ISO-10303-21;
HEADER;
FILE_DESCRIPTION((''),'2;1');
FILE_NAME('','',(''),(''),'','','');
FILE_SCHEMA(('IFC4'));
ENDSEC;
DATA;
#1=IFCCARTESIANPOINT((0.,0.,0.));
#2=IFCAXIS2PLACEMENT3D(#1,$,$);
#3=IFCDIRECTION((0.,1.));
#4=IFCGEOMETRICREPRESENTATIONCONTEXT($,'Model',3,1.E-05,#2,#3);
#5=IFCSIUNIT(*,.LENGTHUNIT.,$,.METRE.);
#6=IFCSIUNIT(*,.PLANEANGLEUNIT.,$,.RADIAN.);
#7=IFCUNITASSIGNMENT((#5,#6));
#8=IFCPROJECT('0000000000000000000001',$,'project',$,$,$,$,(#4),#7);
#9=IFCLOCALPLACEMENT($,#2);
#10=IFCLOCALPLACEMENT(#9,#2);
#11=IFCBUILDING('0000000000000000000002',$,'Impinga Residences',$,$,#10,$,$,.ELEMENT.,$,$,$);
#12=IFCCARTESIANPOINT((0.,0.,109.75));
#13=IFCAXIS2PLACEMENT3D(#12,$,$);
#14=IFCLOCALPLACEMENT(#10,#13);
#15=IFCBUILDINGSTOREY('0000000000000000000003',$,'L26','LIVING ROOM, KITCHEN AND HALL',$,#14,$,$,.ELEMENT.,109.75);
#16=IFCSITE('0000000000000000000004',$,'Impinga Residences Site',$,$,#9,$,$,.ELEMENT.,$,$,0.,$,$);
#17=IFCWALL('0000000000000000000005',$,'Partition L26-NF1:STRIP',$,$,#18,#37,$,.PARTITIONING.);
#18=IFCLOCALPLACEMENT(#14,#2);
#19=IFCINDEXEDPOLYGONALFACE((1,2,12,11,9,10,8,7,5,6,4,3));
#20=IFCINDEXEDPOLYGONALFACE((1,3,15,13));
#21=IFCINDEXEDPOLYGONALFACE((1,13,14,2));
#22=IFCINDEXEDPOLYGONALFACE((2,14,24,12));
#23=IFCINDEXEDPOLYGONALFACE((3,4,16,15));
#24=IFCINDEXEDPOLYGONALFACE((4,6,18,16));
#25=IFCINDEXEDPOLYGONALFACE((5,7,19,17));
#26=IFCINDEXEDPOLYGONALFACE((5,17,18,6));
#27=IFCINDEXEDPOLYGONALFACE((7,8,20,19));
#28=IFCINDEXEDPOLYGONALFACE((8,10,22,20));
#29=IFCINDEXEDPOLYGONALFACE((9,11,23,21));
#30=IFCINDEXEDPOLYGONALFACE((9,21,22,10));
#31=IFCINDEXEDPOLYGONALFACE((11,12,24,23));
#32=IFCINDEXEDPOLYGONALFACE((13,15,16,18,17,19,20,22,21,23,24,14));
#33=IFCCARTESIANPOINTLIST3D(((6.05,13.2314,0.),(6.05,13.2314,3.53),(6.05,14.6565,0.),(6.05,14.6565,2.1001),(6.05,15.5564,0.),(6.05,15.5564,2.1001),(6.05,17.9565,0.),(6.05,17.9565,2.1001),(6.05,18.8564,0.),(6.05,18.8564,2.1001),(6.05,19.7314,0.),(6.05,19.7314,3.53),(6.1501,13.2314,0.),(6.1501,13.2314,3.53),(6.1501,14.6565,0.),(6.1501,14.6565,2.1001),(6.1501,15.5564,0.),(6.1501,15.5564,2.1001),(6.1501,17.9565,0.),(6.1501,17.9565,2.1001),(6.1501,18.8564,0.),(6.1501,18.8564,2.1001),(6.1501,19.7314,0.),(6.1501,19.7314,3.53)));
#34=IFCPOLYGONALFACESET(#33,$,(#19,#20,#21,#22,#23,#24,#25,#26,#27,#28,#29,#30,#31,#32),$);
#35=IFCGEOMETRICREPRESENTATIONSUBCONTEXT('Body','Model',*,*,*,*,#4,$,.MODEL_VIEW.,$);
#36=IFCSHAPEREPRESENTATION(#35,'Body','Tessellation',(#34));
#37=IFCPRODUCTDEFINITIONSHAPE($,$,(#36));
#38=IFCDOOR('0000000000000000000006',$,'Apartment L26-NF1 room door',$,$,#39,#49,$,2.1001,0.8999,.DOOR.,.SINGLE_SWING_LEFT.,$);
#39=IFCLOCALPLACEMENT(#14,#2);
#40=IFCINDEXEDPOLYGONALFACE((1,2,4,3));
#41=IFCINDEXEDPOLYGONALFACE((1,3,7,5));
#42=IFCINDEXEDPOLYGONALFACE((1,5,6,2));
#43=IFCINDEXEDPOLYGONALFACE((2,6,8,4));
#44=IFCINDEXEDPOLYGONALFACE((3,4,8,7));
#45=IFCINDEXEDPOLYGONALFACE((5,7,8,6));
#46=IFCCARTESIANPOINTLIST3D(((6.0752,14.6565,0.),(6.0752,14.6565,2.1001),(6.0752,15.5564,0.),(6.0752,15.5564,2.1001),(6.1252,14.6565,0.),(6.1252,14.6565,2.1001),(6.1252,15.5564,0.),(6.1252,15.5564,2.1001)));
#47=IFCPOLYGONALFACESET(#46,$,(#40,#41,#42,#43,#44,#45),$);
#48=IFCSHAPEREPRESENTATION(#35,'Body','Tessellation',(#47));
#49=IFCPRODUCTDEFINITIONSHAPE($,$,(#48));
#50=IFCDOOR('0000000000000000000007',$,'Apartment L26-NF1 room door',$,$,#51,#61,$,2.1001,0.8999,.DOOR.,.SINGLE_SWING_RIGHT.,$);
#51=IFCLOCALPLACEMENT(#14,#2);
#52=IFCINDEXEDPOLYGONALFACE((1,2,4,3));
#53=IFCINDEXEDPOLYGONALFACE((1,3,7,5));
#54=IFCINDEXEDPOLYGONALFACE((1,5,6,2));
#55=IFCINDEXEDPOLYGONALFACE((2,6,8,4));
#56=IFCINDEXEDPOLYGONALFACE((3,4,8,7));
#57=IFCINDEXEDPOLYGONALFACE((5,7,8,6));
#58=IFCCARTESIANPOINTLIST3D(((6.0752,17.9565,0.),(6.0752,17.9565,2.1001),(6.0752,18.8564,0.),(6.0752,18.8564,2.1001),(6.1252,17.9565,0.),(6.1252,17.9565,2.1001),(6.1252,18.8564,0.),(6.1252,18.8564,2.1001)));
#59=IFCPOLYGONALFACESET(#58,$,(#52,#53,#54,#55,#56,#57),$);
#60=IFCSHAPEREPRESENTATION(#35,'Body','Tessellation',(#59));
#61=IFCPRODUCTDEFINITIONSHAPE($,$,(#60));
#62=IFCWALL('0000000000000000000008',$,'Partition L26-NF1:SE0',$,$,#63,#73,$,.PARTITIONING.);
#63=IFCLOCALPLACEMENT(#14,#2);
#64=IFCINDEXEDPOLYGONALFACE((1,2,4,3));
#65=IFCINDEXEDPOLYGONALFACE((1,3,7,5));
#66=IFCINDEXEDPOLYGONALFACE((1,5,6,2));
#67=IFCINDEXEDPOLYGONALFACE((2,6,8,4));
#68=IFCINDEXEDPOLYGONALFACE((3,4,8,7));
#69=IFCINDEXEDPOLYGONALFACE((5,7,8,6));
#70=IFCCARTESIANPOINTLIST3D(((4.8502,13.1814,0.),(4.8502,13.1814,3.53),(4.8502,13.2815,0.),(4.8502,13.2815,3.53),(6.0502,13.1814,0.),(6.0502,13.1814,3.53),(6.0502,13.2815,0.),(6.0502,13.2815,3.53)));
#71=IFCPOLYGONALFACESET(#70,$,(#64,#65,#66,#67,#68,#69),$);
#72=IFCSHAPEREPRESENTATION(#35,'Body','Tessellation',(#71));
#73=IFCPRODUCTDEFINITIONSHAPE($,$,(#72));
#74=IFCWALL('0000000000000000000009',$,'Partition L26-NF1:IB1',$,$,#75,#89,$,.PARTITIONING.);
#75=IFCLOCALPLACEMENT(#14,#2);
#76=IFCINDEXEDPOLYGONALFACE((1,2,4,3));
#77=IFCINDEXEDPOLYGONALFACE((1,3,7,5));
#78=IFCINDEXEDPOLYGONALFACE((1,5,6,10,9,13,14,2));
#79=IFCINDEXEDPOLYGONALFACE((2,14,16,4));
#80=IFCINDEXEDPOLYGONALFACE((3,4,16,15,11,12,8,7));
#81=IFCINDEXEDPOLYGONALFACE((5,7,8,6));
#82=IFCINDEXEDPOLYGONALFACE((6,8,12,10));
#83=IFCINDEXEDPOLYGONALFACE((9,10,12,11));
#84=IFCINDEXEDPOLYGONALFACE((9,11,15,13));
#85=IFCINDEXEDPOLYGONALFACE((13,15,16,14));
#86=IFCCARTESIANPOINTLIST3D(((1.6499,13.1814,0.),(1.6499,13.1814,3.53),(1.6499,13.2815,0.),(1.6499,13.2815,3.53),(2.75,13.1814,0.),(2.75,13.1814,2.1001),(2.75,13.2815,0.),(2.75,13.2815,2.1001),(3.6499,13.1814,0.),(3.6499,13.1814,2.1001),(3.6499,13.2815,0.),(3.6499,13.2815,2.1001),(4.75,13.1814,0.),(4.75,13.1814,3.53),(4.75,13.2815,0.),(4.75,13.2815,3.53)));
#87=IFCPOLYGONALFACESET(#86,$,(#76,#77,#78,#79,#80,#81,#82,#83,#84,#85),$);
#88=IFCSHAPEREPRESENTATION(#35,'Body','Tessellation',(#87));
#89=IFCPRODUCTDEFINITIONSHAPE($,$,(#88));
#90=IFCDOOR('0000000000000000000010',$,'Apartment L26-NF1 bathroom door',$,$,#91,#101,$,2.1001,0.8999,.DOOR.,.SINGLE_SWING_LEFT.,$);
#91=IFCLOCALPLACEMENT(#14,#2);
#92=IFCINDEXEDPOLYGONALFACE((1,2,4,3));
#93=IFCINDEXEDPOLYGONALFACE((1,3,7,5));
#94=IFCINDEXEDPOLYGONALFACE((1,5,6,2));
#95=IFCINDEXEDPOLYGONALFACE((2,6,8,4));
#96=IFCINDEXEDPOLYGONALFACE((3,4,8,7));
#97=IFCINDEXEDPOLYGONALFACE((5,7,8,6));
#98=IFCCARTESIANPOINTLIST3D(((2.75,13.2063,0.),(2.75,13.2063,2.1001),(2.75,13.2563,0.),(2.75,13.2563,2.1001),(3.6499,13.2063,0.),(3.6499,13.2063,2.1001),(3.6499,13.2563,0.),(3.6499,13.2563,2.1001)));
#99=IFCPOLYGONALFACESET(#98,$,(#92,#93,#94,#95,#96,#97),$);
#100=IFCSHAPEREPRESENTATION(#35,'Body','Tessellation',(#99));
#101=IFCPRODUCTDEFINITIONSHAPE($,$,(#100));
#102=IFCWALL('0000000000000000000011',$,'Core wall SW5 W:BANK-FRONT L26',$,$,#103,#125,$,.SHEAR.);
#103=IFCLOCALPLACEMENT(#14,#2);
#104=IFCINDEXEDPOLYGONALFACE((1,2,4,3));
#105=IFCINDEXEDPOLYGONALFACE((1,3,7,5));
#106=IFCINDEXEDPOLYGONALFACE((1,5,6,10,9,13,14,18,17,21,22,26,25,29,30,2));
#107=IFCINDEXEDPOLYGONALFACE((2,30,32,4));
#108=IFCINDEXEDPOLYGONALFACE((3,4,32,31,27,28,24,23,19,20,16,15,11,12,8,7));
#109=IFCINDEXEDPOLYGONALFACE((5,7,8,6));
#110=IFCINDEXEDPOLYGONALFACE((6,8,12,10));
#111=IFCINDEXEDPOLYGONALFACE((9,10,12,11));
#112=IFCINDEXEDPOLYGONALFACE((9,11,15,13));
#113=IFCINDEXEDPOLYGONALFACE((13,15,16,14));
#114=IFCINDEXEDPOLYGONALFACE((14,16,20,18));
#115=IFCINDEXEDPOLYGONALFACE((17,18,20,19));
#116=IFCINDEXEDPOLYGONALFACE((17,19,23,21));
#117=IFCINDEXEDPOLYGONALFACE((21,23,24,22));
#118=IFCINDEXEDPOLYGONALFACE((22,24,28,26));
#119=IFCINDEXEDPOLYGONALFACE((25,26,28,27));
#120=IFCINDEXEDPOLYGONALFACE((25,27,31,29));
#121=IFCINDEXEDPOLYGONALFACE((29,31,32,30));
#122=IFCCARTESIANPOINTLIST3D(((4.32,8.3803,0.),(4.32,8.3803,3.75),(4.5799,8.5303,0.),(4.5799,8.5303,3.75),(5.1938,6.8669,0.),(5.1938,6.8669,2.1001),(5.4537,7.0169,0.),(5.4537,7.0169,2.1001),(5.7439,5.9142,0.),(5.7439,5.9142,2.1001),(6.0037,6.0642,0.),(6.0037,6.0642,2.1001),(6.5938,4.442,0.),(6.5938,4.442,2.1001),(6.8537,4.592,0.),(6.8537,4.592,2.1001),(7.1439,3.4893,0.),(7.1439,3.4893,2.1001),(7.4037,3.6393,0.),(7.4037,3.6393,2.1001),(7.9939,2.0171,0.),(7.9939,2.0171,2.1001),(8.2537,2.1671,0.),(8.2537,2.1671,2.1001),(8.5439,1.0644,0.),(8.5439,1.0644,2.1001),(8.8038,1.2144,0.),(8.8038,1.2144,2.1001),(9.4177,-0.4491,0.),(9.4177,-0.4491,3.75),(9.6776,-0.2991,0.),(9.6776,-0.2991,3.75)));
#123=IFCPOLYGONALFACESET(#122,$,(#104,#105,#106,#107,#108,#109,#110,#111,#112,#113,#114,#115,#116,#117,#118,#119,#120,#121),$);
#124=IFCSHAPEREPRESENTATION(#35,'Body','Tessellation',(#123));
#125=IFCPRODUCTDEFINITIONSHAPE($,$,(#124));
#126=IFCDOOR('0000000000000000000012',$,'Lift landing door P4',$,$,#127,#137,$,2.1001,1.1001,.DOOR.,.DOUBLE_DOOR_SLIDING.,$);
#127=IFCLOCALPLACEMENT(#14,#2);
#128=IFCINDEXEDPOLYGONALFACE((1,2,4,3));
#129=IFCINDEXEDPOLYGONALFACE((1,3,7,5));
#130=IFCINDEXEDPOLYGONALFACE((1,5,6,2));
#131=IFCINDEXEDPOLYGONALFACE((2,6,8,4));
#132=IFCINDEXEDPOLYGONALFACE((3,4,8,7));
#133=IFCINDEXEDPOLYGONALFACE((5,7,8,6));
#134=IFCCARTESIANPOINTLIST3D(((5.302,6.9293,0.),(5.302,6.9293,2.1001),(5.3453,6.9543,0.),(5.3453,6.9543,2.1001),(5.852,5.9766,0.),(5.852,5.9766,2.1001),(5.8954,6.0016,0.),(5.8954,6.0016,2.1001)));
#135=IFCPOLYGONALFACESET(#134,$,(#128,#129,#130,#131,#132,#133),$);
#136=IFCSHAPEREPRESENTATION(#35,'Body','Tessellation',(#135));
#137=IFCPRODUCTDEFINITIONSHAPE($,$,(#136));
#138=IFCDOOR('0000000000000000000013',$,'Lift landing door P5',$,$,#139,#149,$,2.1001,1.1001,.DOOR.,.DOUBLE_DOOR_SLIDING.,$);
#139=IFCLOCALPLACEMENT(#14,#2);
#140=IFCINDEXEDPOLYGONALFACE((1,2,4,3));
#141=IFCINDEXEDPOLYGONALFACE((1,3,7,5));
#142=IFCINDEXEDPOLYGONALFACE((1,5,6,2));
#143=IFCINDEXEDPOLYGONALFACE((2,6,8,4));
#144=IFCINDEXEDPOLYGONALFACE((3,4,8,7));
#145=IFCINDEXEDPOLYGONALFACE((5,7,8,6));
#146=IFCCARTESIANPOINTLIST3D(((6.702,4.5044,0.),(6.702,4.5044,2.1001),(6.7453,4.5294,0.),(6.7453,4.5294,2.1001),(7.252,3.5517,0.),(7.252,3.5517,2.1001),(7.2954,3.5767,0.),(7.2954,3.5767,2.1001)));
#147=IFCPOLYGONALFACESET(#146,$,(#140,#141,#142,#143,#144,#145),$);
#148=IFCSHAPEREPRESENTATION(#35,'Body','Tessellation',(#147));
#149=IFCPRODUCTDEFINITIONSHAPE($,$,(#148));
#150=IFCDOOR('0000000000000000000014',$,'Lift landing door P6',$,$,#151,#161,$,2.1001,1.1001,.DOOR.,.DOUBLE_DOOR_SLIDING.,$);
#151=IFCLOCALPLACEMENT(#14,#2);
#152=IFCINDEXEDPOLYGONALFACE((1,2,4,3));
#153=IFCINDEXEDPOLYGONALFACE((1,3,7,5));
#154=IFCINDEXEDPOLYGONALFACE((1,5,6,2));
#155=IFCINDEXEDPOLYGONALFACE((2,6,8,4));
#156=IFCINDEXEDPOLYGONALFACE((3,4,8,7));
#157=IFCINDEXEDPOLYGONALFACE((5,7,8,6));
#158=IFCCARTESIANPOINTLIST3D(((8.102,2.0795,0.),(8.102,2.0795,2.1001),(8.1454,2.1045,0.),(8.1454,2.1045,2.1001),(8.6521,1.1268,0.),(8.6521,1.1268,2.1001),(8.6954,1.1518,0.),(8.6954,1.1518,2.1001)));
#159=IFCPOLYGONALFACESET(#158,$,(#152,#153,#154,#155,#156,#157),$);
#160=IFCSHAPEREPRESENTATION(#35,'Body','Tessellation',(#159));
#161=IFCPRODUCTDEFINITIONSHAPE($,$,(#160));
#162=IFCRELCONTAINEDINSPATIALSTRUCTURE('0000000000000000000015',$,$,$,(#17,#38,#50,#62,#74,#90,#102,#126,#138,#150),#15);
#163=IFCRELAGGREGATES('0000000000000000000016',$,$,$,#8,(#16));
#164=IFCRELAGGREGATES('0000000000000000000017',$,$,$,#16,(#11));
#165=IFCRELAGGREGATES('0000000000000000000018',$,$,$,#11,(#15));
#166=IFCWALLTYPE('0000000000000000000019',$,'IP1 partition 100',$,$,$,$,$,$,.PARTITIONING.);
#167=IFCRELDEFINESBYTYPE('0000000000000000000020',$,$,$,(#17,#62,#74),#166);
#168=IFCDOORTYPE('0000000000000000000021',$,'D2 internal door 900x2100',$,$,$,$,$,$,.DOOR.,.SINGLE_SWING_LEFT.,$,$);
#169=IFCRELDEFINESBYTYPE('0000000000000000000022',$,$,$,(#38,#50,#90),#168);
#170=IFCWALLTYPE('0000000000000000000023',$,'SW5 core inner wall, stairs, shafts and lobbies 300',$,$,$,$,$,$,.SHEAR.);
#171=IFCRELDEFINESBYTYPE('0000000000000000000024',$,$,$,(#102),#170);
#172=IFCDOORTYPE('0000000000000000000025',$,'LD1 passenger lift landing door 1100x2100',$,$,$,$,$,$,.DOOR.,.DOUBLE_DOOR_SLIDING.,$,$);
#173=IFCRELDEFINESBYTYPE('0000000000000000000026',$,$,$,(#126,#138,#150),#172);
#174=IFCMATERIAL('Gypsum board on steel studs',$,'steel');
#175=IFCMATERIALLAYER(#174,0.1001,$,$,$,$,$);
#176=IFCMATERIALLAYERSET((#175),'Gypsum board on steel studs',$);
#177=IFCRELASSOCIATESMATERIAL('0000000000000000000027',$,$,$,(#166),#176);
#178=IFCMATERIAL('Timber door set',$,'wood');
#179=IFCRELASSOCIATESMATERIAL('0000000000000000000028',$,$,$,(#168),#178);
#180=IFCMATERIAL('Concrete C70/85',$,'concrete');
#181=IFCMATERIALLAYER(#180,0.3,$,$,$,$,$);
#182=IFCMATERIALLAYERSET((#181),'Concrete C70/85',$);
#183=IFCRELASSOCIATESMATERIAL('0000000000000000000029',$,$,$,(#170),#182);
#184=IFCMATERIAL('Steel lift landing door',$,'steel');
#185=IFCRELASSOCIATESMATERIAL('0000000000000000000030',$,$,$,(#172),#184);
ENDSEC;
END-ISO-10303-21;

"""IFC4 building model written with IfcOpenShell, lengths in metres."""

from ifc_helpers import new_model, si_unit, direction, frame, frame_2d, origin, place, context, subcontext, project, spatial, rectangle, extrude, material, layer, layer_set, type_object, element, fill, save


model = new_model("IFC4")

# Units and contexts
model_context = context("Model", 3, precision=1e-05, world=origin(), true_north=direction((0.0, 1.0)))
body_context = subcontext(model_context, "Body", "Model", "MODEL_VIEW")
ifc_project = project(units=[si_unit("LENGTHUNIT", "METRE"), si_unit("PLANEANGLEUNIT", "RADIAN")], contexts=[model_context])

# Site, building, storey
site_placement = place(None, origin())
site = spatial("IfcSite", under=ifc_project, at=site_placement, Name="Impinga Residences Site", CompositionType="ELEMENT", RefElevation=0.0)
building_placement = place(site_placement, origin())
building = spatial("IfcBuilding", under=site, at=building_placement, Name="Impinga Residences", CompositionType="ELEMENT")
storey_placement = place(building_placement, frame((0.0, 0.0, 109.75)))
storey = spatial("IfcBuildingStorey", under=building, at=storey_placement, Name="L26", Description="LIVING ROOM, KITCHEN AND HALL", CompositionType="ELEMENT", Elevation=109.75)

# Shared definitions
ifc_material_1 = material(Name="Timber door set", Category="wood")

# Shared definitions
ifc_material_2 = material(Name="Gypsum board on steel studs", Category="steel")
ifc_layer_1 = layer(ifc_material_2, 0.1001)
ifc_layer_set_1 = layer_set([ifc_layer_1], Name="Gypsum board on steel studs")
wall_type_1 = type_object("IfcWallType", Name="IP1 partition 100", PredefinedType="PARTITIONING", material=ifc_layer_set_1)

# Wall, openings, doors
wall_1_placement = place(storey_placement, frame((6.1001, 13.2314, 0.0), z_axis=(0.0, 0.0, 1.0), x_axis=(0.0, 1.0, 0.0)))
wall_1 = element("IfcWall", 1, at=wall_1_placement, inside=storey, type_object=wall_type_1, Name="Partition L26-NF1:STRIP", PredefinedType="PARTITIONING", context=body_context, shape_type="SweptSolid", body=[
    extrude(rectangle(XDim=6.5, YDim=0.1001, at=frame_2d((3.25, 0.0))), origin(), (0.0, 0.0, 1.0), 3.53),
])
opening_1_placement = place(wall_1_placement, frame((1.425, 0.0, 0.0)))
opening_1 = element("IfcOpeningElement", 2, at=opening_1_placement, cuts=wall_1, PredefinedType="OPENING", context=body_context, shape_type="SweptSolid", body=[
    extrude(rectangle(XDim=0.8999, YDim=2.1001, at=frame_2d((0.45, 1.05))), frame((0.0, 0.0601, 0.0), z_axis=(0.0, -1.0, 0.0), x_axis=(1.0, 0.0, 0.0)), (0.0, 0.0, 1.0), 0.1201),
])
opening_2_placement = place(wall_1_placement, frame((4.7251, 0.0, 0.0)))
opening_2 = element("IfcOpeningElement", 3, at=opening_2_placement, cuts=wall_1, PredefinedType="OPENING", context=body_context, shape_type="SweptSolid", body=[
    extrude(rectangle(XDim=0.8999, YDim=2.1001, at=frame_2d((0.45, 1.05))), frame((0.0, 0.0601, 0.0), z_axis=(0.0, -1.0, 0.0), x_axis=(1.0, 0.0, 0.0)), (0.0, 0.0, 1.0), 0.1201),
])
door_type_1 = type_object("IfcDoorType", Name="D2 internal door 900x2100", OperationType="SINGLE_SWING_LEFT", PredefinedType="DOOR", material=ifc_material_1)
door_1_placement = place(opening_1_placement, origin())
door_1 = element("IfcDoor", 4, at=door_1_placement, inside=storey, type_object=door_type_1, Name="Apartment L26-NF1 room door", OperationType="SINGLE_SWING_LEFT", OverallHeight=2.1001, OverallWidth=0.8999, PredefinedType="DOOR", context=body_context, shape_type="SweptSolid", body=[
    extrude(rectangle(XDim=0.8999, YDim=2.1001, at=frame_2d((0.45, 1.05))), frame((0.0, 0.0249, 0.0), z_axis=(0.0, -1.0, 0.0), x_axis=(1.0, 0.0, 0.0)), (0.0, 0.0, 1.0), 0.05),
])
fill(opening_1, door_1)
door_2_placement = place(opening_2_placement, origin())
door_2 = element("IfcDoor", 5, at=door_2_placement, inside=storey, type_object=door_type_1, Name="Apartment L26-NF1 room door", OperationType="SINGLE_SWING_RIGHT", OverallHeight=2.1001, OverallWidth=0.8999, PredefinedType="DOOR", context=body_context, shape_type="SweptSolid", body=[
    extrude(rectangle(XDim=0.8999, YDim=2.1001, at=frame_2d((0.45, 1.05))), frame((0.0, 0.0249, 0.0), z_axis=(0.0, -1.0, 0.0), x_axis=(1.0, 0.0, 0.0)), (0.0, 0.0, 1.0), 0.05),
])
fill(opening_2, door_2)

# Wall
wall_2_placement = place(storey_placement, frame((4.8501, 13.2314, 0.0), z_axis=(0.0, 0.0, 1.0), x_axis=(1.0, 0.0, 0.0)))
element("IfcWall", 6, at=wall_2_placement, inside=storey, type_object=wall_type_1, Name="Partition L26-NF1:SE0", PredefinedType="PARTITIONING", context=body_context, shape_type="SweptSolid", body=[
    extrude(rectangle(XDim=1.2, YDim=0.1001, at=frame_2d((0.6001, 0.0))), origin(), (0.0, 0.0, 1.0), 3.53),
])

# Wall, opening, door
wall_3_placement = place(storey_placement, frame((1.6499, 13.2314, 0.0), z_axis=(0.0, 0.0, 1.0), x_axis=(1.0, 0.0, 0.0)))
wall_3 = element("IfcWall", 7, at=wall_3_placement, inside=storey, type_object=wall_type_1, Name="Partition L26-NF1:IB1", PredefinedType="PARTITIONING", context=body_context, shape_type="SweptSolid", body=[
    extrude(rectangle(XDim=3.1001, YDim=0.1001, at=frame_2d((1.55, 0.0))), origin(), (0.0, 0.0, 1.0), 3.53),
])
opening_3_placement = place(wall_3_placement, frame((1.1001, 0.0, 0.0)))
opening_3 = element("IfcOpeningElement", 8, at=opening_3_placement, cuts=wall_3, PredefinedType="OPENING", context=body_context, shape_type="SweptSolid", body=[
    extrude(rectangle(XDim=0.8999, YDim=2.1001, at=frame_2d((0.45, 1.05))), frame((0.0, 0.0601, 0.0), z_axis=(0.0, -1.0, 0.0), x_axis=(1.0, 0.0, 0.0)), (0.0, 0.0, 1.0), 0.1201),
])
door_3_placement = place(opening_3_placement, origin())
door_3 = element("IfcDoor", 9, at=door_3_placement, inside=storey, type_object=door_type_1, Name="Apartment L26-NF1 bathroom door", OperationType="SINGLE_SWING_LEFT", OverallHeight=2.1001, OverallWidth=0.8999, PredefinedType="DOOR", context=body_context, shape_type="SweptSolid", body=[
    extrude(rectangle(XDim=0.8999, YDim=2.1001, at=frame_2d((0.45, 1.05))), frame((0.0, 0.0249, 0.0), z_axis=(0.0, -1.0, 0.0), x_axis=(1.0, 0.0, 0.0)), (0.0, 0.0, 1.0), 0.05),
])
fill(opening_3, door_3)

# Wall, openings, doors
ifc_material_3 = material(Name="Concrete C70/85", Category="concrete")
ifc_layer_2 = layer(ifc_material_3, 0.3)
ifc_layer_set_2 = layer_set([ifc_layer_2], Name="Concrete C70/85")
wall_type_2 = type_object("IfcWallType", Name="SW5 core inner wall, stairs, shafts and lobbies 300", PredefinedType="SHEAR", material=ifc_layer_set_2)
wall_4_placement = place(storey_placement, frame((4.45, 8.4553, 0.0), z_axis=(0.0, 0.0, 1.0), x_axis=(0.500002, -0.866024, 0.0)))
wall_4 = element("IfcWall", 10, at=wall_4_placement, inside=storey, type_object=wall_type_2, Name="Core wall SW5 W:BANK-FRONT L26", PredefinedType="SHEAR", context=body_context, shape_type="SweptSolid", body=[
    extrude(rectangle(XDim=10.1953, YDim=0.3, at=frame_2d((5.0977, 0.0))), origin(), (0.0, 0.0, 1.0), 3.75),
])
opening_4_placement = place(wall_4_placement, frame((1.7476, 0.0, 0.0)))
opening_4 = element("IfcOpeningElement", 11, at=opening_4_placement, cuts=wall_4, PredefinedType="OPENING", context=body_context, shape_type="SweptSolid", body=[
    extrude(rectangle(XDim=1.1001, YDim=2.1001, at=frame_2d((0.55, 1.05))), frame((0.0, 0.1599, 0.0), z_axis=(0.0, -1.0, 0.0), x_axis=(1.0, 0.0, 0.0)), (0.0, 0.0, 1.0), 0.3201),
])
opening_5_placement = place(wall_4_placement, frame((4.5476, 0.0, 0.0)))
opening_5 = element("IfcOpeningElement", 12, at=opening_5_placement, cuts=wall_4, PredefinedType="OPENING", context=body_context, shape_type="SweptSolid", body=[
    extrude(rectangle(XDim=1.1001, YDim=2.1001, at=frame_2d((0.55, 1.05))), frame((0.0, 0.1599, 0.0), z_axis=(0.0, -1.0, 0.0), x_axis=(1.0, 0.0, 0.0)), (0.0, 0.0, 1.0), 0.3201),
])
opening_6_placement = place(wall_4_placement, frame((7.3477, 0.0, 0.0)))
opening_6 = element("IfcOpeningElement", 13, at=opening_6_placement, cuts=wall_4, PredefinedType="OPENING", context=body_context, shape_type="SweptSolid", body=[
    extrude(rectangle(XDim=1.1001, YDim=2.1001, at=frame_2d((0.55, 1.05))), frame((0.0, 0.1599, 0.0), z_axis=(0.0, -1.0, 0.0), x_axis=(1.0, 0.0, 0.0)), (0.0, 0.0, 1.0), 0.3201),
])
ifc_material_4 = material(Name="Steel lift landing door", Category="steel")
door_type_2 = type_object("IfcDoorType", Name="LD1 passenger lift landing door 1100x2100", OperationType="DOUBLE_DOOR_SLIDING", PredefinedType="DOOR", material=ifc_material_4)
door_4_placement = place(opening_4_placement, origin())
door_4 = element("IfcDoor", 14, at=door_4_placement, inside=storey, type_object=door_type_2, Name="Lift landing door P4", OperationType="DOUBLE_DOOR_SLIDING", OverallHeight=2.1001, OverallWidth=1.1001, PredefinedType="DOOR", context=body_context, shape_type="SweptSolid", body=[
    extrude(rectangle(XDim=1.1001, YDim=2.1001, at=frame_2d((0.55, 1.05))), frame((0.0, 0.0249, 0.0), z_axis=(0.0, -1.0, 0.0), x_axis=(1.0, 0.0, 0.0)), (0.0, 0.0, 1.0), 0.05),
])
fill(opening_4, door_4)
door_5_placement = place(opening_5_placement, origin())
door_5 = element("IfcDoor", 15, at=door_5_placement, inside=storey, type_object=door_type_2, Name="Lift landing door P5", OperationType="DOUBLE_DOOR_SLIDING", OverallHeight=2.1001, OverallWidth=1.1001, PredefinedType="DOOR", context=body_context, shape_type="SweptSolid", body=[
    extrude(rectangle(XDim=1.1001, YDim=2.1001, at=frame_2d((0.55, 1.05))), frame((0.0, 0.0249, 0.0), z_axis=(0.0, -1.0, 0.0), x_axis=(1.0, 0.0, 0.0)), (0.0, 0.0, 1.0), 0.05),
])
fill(opening_5, door_5)
door_6_placement = place(opening_6_placement, origin())
door_6 = element("IfcDoor", 16, at=door_6_placement, inside=storey, type_object=door_type_2, Name="Lift landing door P6", OperationType="DOUBLE_DOOR_SLIDING", OverallHeight=2.1001, OverallWidth=1.1001, PredefinedType="DOOR", context=body_context, shape_type="SweptSolid", body=[
    extrude(rectangle(XDim=1.1001, YDim=2.1001, at=frame_2d((0.55, 1.05))), frame((0.0, 0.0249, 0.0), z_axis=(0.0, -1.0, 0.0), x_axis=(1.0, 0.0, 0.0)), (0.0, 0.0, 1.0), 0.05),
])
fill(opening_6, door_6)

save(model, "model.ifc")
